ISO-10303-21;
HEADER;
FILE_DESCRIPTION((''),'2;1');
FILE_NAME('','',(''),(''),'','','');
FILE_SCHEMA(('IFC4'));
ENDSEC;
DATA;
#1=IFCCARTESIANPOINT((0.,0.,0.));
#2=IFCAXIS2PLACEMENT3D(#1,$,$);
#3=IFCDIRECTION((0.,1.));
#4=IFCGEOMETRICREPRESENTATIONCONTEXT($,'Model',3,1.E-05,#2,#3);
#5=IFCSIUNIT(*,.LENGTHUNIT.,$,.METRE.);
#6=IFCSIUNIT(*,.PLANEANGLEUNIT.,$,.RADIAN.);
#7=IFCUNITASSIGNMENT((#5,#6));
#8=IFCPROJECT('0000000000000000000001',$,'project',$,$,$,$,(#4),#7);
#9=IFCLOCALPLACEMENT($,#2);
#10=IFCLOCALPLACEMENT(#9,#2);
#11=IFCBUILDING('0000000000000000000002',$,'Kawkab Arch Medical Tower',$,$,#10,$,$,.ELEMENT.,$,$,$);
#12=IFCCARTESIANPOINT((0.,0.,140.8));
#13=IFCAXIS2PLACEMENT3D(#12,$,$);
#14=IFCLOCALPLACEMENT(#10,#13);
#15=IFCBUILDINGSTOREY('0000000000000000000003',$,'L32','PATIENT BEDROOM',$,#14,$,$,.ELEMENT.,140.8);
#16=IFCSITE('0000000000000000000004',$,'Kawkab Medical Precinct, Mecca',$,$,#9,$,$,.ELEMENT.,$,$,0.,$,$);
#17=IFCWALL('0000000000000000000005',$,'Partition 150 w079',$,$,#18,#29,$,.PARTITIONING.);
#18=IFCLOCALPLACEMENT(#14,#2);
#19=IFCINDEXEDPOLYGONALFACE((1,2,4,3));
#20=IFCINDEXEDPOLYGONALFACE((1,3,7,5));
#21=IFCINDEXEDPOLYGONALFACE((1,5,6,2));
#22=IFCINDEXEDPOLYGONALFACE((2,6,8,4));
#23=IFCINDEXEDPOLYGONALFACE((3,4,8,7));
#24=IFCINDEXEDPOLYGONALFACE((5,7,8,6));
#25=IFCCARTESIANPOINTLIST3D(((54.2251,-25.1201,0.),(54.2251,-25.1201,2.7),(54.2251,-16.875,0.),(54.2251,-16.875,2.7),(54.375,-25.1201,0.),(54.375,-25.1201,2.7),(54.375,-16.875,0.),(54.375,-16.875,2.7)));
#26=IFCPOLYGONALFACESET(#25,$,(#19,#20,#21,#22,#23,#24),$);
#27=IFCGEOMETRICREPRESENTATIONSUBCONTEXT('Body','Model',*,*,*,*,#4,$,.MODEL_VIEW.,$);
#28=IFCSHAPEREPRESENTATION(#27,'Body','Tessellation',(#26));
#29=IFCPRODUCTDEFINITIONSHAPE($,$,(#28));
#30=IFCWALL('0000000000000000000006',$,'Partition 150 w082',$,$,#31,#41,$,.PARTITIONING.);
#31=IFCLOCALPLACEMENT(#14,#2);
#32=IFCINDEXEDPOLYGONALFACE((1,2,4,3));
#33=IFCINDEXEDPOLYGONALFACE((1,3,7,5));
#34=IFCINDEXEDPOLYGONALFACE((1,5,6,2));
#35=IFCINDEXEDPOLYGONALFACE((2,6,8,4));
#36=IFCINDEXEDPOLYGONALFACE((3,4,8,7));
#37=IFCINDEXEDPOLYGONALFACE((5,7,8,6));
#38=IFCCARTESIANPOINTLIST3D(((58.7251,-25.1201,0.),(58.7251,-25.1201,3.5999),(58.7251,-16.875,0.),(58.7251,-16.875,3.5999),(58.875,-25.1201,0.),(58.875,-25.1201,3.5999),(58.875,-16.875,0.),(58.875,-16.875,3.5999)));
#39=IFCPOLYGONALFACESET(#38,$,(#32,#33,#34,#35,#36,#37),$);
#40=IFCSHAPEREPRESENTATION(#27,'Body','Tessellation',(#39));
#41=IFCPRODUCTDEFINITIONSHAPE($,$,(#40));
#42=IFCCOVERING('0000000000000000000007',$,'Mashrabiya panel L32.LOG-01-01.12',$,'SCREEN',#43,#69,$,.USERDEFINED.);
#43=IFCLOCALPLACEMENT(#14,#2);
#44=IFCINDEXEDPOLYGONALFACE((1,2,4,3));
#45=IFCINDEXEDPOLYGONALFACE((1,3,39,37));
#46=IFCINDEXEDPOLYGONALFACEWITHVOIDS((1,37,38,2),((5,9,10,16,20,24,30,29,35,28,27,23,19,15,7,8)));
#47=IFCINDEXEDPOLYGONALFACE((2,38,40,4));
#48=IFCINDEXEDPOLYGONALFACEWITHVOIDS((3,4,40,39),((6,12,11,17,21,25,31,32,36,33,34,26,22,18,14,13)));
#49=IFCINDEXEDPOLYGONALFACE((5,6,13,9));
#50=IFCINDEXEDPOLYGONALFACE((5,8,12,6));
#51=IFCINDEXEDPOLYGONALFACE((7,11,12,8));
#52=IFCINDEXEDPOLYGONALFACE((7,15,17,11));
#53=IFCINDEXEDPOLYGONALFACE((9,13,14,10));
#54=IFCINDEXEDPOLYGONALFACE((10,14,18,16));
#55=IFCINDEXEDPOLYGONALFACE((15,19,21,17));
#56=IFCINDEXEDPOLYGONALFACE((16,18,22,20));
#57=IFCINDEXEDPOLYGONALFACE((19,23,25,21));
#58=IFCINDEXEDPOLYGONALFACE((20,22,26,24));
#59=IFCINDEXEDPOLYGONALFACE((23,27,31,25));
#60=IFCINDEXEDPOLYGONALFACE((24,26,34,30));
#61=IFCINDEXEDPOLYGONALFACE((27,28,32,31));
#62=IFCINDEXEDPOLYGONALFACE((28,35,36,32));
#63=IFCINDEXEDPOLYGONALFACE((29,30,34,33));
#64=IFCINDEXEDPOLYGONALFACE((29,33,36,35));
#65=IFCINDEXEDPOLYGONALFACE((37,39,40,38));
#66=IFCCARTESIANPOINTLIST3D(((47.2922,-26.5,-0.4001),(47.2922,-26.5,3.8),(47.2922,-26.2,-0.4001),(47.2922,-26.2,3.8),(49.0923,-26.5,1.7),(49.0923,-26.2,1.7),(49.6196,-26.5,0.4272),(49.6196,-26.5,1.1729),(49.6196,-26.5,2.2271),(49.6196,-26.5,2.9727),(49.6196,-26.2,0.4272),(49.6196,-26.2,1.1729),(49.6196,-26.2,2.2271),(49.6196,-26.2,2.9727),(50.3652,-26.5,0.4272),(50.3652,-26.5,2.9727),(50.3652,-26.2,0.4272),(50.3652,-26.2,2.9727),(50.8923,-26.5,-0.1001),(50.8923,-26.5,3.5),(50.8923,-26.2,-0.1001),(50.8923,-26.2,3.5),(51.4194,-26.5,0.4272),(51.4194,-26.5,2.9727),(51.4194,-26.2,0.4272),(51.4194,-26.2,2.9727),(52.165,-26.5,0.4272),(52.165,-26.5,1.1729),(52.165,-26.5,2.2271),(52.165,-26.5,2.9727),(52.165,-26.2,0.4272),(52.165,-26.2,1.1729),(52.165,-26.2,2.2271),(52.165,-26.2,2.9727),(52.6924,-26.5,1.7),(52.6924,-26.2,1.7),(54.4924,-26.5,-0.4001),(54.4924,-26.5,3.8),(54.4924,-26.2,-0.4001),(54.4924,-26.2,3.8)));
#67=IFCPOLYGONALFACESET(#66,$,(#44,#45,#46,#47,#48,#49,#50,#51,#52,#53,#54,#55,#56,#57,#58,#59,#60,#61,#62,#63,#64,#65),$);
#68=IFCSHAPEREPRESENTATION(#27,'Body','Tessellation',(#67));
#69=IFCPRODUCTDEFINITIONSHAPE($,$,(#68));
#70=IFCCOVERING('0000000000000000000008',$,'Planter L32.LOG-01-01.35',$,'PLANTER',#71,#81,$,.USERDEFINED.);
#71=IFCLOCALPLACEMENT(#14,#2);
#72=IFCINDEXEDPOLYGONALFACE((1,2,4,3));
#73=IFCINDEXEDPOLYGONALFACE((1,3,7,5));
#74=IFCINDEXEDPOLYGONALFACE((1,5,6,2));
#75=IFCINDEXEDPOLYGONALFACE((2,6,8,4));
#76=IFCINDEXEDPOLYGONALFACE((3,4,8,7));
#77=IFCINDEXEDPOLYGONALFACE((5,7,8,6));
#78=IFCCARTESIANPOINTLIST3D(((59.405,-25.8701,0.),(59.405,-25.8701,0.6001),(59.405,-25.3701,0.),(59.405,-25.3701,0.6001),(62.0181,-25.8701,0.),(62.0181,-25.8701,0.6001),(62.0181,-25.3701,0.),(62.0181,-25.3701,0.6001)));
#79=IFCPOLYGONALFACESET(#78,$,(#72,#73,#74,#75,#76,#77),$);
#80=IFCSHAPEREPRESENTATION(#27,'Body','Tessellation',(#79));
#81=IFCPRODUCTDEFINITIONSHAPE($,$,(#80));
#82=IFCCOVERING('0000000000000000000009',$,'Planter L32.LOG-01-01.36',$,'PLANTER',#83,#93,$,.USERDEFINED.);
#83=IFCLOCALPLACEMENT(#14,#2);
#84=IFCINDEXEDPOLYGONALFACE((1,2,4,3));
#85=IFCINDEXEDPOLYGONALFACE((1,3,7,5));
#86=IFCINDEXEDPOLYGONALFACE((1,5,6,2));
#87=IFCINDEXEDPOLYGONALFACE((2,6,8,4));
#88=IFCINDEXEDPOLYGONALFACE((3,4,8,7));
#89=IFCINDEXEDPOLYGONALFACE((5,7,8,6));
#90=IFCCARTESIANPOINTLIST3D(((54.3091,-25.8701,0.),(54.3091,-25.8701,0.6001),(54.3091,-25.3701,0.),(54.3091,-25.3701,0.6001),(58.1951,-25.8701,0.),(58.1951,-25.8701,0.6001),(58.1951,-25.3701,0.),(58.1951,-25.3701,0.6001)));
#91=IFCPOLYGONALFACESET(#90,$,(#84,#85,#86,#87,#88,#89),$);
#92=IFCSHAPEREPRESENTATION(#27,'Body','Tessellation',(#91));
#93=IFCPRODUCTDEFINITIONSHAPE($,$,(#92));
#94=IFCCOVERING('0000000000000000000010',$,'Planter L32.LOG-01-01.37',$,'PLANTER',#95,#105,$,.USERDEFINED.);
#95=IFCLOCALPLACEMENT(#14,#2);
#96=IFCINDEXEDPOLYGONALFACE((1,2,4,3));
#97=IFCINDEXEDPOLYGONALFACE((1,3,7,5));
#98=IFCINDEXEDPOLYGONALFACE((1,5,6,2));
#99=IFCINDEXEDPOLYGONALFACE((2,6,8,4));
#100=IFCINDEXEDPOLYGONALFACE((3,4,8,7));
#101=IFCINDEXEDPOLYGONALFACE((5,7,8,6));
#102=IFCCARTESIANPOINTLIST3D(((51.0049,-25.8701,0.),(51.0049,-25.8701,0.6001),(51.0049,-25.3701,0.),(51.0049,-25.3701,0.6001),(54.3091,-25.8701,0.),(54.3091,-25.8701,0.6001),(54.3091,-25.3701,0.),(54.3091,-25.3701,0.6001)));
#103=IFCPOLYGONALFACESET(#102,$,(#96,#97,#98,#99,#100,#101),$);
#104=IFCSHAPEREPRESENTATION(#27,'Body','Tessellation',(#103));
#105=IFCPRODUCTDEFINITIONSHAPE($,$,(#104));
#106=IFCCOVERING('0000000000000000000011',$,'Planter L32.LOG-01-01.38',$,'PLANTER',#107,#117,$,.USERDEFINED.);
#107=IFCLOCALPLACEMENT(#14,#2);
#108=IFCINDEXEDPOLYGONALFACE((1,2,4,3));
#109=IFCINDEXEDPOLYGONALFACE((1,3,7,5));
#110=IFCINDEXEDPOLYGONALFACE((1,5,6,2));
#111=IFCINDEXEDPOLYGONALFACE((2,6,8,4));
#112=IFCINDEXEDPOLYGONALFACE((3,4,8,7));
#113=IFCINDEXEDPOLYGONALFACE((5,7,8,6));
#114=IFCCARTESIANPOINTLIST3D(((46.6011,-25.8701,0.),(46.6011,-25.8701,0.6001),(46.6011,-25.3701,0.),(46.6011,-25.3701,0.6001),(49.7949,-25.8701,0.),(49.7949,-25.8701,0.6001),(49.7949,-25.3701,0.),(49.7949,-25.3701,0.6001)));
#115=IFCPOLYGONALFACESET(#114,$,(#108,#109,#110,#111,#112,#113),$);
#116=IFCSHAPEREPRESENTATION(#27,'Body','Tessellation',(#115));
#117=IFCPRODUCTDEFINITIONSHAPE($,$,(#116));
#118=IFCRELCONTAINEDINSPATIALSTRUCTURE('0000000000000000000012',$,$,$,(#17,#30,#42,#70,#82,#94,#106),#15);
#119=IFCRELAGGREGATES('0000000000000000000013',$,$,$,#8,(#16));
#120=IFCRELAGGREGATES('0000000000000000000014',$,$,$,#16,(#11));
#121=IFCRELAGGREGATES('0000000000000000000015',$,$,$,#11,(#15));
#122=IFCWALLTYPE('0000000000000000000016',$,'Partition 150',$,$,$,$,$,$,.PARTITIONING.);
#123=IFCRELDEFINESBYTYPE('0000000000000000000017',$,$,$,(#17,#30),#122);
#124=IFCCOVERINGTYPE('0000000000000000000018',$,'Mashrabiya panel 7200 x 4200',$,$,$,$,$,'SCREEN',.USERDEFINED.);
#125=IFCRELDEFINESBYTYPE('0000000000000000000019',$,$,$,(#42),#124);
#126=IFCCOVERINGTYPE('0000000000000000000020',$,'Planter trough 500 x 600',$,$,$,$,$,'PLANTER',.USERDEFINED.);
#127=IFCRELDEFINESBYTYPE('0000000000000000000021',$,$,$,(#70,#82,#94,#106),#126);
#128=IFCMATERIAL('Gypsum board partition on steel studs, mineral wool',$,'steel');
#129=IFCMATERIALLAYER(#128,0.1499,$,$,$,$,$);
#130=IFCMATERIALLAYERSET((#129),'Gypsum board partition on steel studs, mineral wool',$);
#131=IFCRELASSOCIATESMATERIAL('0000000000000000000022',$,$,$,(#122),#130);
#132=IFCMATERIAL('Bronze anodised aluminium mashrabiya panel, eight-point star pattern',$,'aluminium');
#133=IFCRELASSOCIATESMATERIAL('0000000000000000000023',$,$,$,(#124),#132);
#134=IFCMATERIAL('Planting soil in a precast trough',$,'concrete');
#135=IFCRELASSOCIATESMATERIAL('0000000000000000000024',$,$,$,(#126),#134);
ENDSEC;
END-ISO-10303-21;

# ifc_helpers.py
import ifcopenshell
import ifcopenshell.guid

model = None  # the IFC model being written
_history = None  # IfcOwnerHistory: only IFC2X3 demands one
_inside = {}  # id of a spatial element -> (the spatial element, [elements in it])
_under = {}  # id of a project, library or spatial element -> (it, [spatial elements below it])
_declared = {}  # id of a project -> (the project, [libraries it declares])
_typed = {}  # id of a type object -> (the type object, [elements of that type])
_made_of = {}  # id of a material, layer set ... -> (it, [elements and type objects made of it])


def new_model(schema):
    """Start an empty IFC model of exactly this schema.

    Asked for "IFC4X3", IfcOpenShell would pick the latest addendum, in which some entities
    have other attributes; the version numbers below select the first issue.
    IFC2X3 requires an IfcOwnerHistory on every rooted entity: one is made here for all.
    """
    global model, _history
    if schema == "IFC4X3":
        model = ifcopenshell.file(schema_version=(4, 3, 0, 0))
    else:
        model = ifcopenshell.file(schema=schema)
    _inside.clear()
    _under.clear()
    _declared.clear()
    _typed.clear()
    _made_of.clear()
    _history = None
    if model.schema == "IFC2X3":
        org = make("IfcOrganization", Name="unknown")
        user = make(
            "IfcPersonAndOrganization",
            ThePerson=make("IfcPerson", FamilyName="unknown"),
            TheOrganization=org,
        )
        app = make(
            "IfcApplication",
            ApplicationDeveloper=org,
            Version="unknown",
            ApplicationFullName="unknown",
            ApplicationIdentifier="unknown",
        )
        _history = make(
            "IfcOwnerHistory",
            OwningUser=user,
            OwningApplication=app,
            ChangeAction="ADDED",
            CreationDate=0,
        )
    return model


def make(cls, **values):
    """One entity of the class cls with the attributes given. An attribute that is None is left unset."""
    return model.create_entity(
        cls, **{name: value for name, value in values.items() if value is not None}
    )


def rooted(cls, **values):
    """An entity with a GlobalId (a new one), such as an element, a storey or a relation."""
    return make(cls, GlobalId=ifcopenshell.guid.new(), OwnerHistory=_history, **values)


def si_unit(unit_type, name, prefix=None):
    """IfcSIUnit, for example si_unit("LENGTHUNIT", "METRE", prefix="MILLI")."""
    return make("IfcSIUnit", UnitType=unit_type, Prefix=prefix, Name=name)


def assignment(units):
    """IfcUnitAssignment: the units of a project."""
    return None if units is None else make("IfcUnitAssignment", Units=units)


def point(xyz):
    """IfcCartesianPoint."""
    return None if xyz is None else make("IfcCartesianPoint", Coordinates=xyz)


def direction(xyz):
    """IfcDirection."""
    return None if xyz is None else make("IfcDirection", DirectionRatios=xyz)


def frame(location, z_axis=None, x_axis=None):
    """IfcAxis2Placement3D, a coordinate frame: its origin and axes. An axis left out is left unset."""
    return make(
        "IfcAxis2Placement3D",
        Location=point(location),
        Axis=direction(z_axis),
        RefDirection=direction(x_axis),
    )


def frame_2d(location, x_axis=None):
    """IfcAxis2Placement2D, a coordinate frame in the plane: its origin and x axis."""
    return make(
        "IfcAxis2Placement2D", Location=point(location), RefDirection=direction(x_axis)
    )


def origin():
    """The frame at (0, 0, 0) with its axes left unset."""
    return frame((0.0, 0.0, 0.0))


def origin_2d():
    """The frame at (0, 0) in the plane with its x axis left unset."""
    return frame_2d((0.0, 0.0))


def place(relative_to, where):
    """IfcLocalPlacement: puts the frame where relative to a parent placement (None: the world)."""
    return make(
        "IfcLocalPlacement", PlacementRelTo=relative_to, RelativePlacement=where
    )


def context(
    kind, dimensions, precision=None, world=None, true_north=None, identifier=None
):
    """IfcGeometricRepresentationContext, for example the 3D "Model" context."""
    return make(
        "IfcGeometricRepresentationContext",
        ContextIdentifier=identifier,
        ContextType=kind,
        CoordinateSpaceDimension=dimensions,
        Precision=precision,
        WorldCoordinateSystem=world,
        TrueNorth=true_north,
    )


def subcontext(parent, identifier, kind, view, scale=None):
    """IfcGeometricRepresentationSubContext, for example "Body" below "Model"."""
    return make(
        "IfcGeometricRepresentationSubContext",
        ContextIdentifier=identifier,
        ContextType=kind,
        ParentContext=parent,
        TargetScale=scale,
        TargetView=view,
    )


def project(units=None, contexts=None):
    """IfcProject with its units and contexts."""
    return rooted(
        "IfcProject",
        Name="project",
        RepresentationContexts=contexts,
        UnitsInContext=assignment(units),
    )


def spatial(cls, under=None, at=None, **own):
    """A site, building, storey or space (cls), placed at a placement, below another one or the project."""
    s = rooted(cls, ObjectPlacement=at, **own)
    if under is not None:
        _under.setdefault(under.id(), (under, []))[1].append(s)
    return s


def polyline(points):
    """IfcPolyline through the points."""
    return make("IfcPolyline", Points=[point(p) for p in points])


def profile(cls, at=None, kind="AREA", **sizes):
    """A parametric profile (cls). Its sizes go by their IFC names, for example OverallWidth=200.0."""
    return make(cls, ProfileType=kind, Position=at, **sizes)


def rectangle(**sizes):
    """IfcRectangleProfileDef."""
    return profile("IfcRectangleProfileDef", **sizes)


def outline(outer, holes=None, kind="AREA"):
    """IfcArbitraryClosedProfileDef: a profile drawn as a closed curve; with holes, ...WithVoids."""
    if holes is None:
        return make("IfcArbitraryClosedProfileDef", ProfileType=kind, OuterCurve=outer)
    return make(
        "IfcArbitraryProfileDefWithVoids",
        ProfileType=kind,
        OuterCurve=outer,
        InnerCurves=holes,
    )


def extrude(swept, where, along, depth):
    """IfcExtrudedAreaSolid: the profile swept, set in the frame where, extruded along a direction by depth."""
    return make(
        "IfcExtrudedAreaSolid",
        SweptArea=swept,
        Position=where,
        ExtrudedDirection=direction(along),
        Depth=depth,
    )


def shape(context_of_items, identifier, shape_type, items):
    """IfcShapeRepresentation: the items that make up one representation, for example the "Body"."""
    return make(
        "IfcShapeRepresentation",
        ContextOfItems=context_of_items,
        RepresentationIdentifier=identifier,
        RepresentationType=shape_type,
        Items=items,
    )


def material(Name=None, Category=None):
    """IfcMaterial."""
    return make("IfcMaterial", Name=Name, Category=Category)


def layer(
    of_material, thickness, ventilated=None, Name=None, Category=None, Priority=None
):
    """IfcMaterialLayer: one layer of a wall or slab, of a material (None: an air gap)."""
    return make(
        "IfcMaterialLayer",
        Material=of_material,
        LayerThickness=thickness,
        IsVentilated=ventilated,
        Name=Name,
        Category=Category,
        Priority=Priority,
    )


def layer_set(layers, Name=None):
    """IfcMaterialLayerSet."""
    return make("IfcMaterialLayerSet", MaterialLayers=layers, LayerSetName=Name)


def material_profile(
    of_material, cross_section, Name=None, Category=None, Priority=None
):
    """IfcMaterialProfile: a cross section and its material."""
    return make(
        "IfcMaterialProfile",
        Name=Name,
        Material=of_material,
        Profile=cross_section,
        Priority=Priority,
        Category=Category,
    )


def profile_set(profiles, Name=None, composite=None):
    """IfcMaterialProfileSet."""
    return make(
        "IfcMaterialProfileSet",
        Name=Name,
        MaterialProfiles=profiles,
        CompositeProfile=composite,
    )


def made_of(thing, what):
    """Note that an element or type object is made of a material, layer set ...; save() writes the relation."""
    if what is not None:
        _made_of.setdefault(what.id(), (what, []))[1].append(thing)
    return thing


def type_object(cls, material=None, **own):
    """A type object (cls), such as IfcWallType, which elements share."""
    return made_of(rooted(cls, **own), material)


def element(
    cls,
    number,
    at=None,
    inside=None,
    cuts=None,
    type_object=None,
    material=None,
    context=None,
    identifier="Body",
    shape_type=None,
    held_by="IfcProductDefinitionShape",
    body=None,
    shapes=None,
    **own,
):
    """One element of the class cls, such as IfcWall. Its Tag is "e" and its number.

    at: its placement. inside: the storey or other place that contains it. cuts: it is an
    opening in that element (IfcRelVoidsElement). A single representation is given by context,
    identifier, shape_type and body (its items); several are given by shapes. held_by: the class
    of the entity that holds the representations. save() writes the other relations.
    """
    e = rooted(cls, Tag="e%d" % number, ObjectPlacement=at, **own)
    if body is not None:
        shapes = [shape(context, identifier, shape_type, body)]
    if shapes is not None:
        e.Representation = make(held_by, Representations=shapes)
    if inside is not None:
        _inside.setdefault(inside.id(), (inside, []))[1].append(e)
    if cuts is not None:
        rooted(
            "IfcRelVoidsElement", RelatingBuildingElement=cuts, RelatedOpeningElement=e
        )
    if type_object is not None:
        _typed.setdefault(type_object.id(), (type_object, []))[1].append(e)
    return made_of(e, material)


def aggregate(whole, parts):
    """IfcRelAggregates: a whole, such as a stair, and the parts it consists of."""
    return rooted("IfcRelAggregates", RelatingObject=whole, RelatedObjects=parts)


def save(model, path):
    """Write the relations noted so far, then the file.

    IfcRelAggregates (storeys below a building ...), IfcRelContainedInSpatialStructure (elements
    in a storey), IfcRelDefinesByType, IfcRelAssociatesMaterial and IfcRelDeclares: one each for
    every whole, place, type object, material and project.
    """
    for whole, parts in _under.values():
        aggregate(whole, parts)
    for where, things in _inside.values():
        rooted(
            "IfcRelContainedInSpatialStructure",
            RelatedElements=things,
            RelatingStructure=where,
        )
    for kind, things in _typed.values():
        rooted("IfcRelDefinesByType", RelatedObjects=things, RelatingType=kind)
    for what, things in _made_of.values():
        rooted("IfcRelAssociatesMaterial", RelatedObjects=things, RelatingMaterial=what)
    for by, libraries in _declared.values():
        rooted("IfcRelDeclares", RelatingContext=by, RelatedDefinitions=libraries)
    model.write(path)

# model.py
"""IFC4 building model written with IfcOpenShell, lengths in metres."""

from ifc_helpers import new_model, si_unit, direction, frame, frame_2d, origin, origin_2d, place, context, subcontext, project, spatial, polyline, rectangle, outline, extrude, material, layer, layer_set, material_profile, profile_set, type_object, element, save


model = new_model("IFC4")

# Units and contexts
model_context = context("Model", 3, precision=1e-05, world=origin(), true_north=direction((0.0, 1.0)))
body_context = subcontext(model_context, "Body", "Model", "MODEL_VIEW")
ifc_project = project(units=[si_unit("LENGTHUNIT", "METRE"), si_unit("PLANEANGLEUNIT", "RADIAN")], contexts=[model_context])

# Site, building, storey
site_placement = place(None, origin())
site = spatial("IfcSite", under=ifc_project, at=site_placement, Name="Kawkab Medical Precinct, Mecca", CompositionType="ELEMENT", RefElevation=0.0)
building_placement = place(site_placement, origin())
building = spatial("IfcBuilding", under=site, at=building_placement, Name="Kawkab Arch Medical Tower", CompositionType="ELEMENT")
storey_placement = place(building_placement, frame((0.0, 0.0, 140.8)))
storey = spatial("IfcBuildingStorey", under=building, at=storey_placement, Name="L32", Description="PATIENT BEDROOM", CompositionType="ELEMENT", Elevation=140.8)

# Walls
ifc_material_1 = material(Name="Gypsum board partition on steel studs, mineral wool", Category="steel")
ifc_layer_1 = layer(ifc_material_1, 0.1499)
ifc_layer_set_1 = layer_set([ifc_layer_1], Name="Gypsum board partition on steel studs, mineral wool")
wall_type_1 = type_object("IfcWallType", Name="Partition 150", PredefinedType="PARTITIONING", material=ifc_layer_set_1)
for number, where, z_axis, x_axis, name in (
    (1, (54.3, -25.1201, 0.0), (0.0, 0.0, 1.0), (0.0, 1.0, 0.0), "Partition 150 w079"),
):
    element("IfcWall", number, at=place(storey_placement, frame(where, z_axis=z_axis, x_axis=x_axis)), inside=storey, type_object=wall_type_1, Name=name, PredefinedType="PARTITIONING", context=body_context, shape_type="SweptSolid", body=[
        extrude(rectangle(XDim=8.2451, YDim=0.1499, at=frame_2d((4.1226, 0.0))), origin(), (0.0, 0.0, 1.0), 2.7),
    ])
wall_1_placement = place(storey_placement, frame((58.8, -25.1201, 0.0), z_axis=(0.0, 0.0, 1.0), x_axis=(0.0, 1.0, 0.0)))
element("IfcWall", 2, at=wall_1_placement, inside=storey, type_object=wall_type_1, Name="Partition 150 w082", PredefinedType="PARTITIONING", context=body_context, shape_type="SweptSolid", body=[
    extrude(rectangle(XDim=8.2451, YDim=0.1499, at=frame_2d((4.1226, 0.0))), origin(), (0.0, 0.0, 1.0), 3.5999),
])

# Coverings
ifc_material_2 = material(Name="Bronze anodised aluminium mashrabiya panel, eight-point star pattern", Category="aluminium")
ifc_material_profile_1 = material_profile(ifc_material_2, outline(polyline([(-3.6001, -2.1001), (3.6001, -2.1001), (3.6001, 2.1001), (-3.6001, 2.1001), (-3.6001, -2.1001)]), holes=[polyline([(1.8, 0.0), (1.2727, 0.5271), (1.2727, 1.2727), (0.5271, 1.2727), (0.0, 1.8), (-0.5271, 1.2727), (-1.2727, 1.2727), (-1.2727, 0.5271), (-1.8, 0.0), (-1.2727, -0.5271), (-1.2727, -1.2727), (-0.5271, -1.2727), (0.0, -1.8), (0.5271, -1.2727), (1.2727, -1.2727), (1.2727, -0.5271), (1.8, 0.0)])]), Name="Mashrabiya panel 7200x4200")
ifc_profile_set_1 = profile_set([ifc_material_profile_1], Name="Bronze anodised aluminium mashrabiya panel, eight-point star pattern")
covering_type_1 = type_object("IfcCoveringType", Name="Mashrabiya panel 7200 x 4200", ElementType="SCREEN", PredefinedType="USERDEFINED", material=ifc_profile_set_1)
covering_1_placement = place(storey_placement, frame((50.8923, -26.2, 1.7), z_axis=(0.0, -1.0, 0.0), x_axis=(1.0, 0.0, 0.0)))
element("IfcCovering", 3, at=covering_1_placement, inside=storey, type_object=covering_type_1, Name="Mashrabiya panel L32.LOG-01-01.12", ObjectType="SCREEN", PredefinedType="USERDEFINED", context=body_context, shape_type="SweptSolid", body=[
    extrude(outline(polyline([(-3.6001, -2.1001), (3.6001, -2.1001), (3.6001, 2.1001), (-3.6001, 2.1001), (-3.6001, -2.1001)]), holes=[polyline([(1.8, 0.0), (1.2727, 0.5271), (1.2727, 1.2727), (0.5271, 1.2727), (0.0, 1.8), (-0.5271, 1.2727), (-1.2727, 1.2727), (-1.2727, 0.5271), (-1.8, 0.0), (-1.2727, -0.5271), (-1.2727, -1.2727), (-0.5271, -1.2727), (0.0, -1.8), (0.5271, -1.2727), (1.2727, -1.2727), (1.2727, -0.5271), (1.8, 0.0)])]), origin(), (0.0, 0.0, 1.0), 0.3),
])
ifc_material_3 = material(Name="Planting soil in a precast trough", Category="concrete")
ifc_material_profile_2 = material_profile(ifc_material_3, rectangle(XDim=0.5, YDim=0.6001, at=origin_2d()), Name="Trough 500x600")
ifc_profile_set_2 = profile_set([ifc_material_profile_2], Name="Planting soil in a precast trough")
covering_type_2 = type_object("IfcCoveringType", Name="Planter trough 500 x 600", ElementType="PLANTER", PredefinedType="USERDEFINED", material=ifc_profile_set_2)
covering_2_placement = place(storey_placement, frame((62.0181, -25.6201, 0.3), z_axis=(-1.0, 0.0, 0.0), x_axis=(0.0, -1.0, 0.0)))
element("IfcCovering", 4, at=covering_2_placement, inside=storey, type_object=covering_type_2, Name="Planter L32.LOG-01-01.35", ObjectType="PLANTER", PredefinedType="USERDEFINED", context=body_context, shape_type="SweptSolid", body=[
    extrude(rectangle(XDim=0.5, YDim=0.6001, at=origin_2d()), origin(), (0.0, 0.0, 1.0), 2.613),
])
covering_3_placement = place(storey_placement, frame((58.1951, -25.6201, 0.3), z_axis=(-1.0, 0.0, 0.0), x_axis=(0.0, -1.0, 0.0)))
element("IfcCovering", 5, at=covering_3_placement, inside=storey, type_object=covering_type_2, Name="Planter L32.LOG-01-01.36", ObjectType="PLANTER", PredefinedType="USERDEFINED", context=body_context, shape_type="SweptSolid", body=[
    extrude(rectangle(XDim=0.5, YDim=0.6001, at=origin_2d()), origin(), (0.0, 0.0, 1.0), 3.886),
])
covering_4_placement = place(storey_placement, frame((54.3091, -25.6201, 0.3), z_axis=(-1.0, 0.0, 0.0), x_axis=(0.0, -1.0, 0.0)))
element("IfcCovering", 6, at=covering_4_placement, inside=storey, type_object=covering_type_2, Name="Planter L32.LOG-01-01.37", ObjectType="PLANTER", PredefinedType="USERDEFINED", context=body_context, shape_type="SweptSolid", body=[
    extrude(rectangle(XDim=0.5, YDim=0.6001, at=origin_2d()), origin(), (0.0, 0.0, 1.0), 3.3042),
])
covering_5_placement = place(storey_placement, frame((49.7949, -25.6201, 0.3), z_axis=(-1.0, 0.0, 0.0), x_axis=(0.0, -1.0, 0.0)))
element("IfcCovering", 7, at=covering_5_placement, inside=storey, type_object=covering_type_2, Name="Planter L32.LOG-01-01.38", ObjectType="PLANTER", PredefinedType="USERDEFINED", context=body_context, shape_type="SweptSolid", body=[
    extrude(rectangle(XDim=0.5, YDim=0.6001, at=origin_2d()), origin(), (0.0, 0.0, 1.0), 3.1938),
])

save(model, "model.ifc")
